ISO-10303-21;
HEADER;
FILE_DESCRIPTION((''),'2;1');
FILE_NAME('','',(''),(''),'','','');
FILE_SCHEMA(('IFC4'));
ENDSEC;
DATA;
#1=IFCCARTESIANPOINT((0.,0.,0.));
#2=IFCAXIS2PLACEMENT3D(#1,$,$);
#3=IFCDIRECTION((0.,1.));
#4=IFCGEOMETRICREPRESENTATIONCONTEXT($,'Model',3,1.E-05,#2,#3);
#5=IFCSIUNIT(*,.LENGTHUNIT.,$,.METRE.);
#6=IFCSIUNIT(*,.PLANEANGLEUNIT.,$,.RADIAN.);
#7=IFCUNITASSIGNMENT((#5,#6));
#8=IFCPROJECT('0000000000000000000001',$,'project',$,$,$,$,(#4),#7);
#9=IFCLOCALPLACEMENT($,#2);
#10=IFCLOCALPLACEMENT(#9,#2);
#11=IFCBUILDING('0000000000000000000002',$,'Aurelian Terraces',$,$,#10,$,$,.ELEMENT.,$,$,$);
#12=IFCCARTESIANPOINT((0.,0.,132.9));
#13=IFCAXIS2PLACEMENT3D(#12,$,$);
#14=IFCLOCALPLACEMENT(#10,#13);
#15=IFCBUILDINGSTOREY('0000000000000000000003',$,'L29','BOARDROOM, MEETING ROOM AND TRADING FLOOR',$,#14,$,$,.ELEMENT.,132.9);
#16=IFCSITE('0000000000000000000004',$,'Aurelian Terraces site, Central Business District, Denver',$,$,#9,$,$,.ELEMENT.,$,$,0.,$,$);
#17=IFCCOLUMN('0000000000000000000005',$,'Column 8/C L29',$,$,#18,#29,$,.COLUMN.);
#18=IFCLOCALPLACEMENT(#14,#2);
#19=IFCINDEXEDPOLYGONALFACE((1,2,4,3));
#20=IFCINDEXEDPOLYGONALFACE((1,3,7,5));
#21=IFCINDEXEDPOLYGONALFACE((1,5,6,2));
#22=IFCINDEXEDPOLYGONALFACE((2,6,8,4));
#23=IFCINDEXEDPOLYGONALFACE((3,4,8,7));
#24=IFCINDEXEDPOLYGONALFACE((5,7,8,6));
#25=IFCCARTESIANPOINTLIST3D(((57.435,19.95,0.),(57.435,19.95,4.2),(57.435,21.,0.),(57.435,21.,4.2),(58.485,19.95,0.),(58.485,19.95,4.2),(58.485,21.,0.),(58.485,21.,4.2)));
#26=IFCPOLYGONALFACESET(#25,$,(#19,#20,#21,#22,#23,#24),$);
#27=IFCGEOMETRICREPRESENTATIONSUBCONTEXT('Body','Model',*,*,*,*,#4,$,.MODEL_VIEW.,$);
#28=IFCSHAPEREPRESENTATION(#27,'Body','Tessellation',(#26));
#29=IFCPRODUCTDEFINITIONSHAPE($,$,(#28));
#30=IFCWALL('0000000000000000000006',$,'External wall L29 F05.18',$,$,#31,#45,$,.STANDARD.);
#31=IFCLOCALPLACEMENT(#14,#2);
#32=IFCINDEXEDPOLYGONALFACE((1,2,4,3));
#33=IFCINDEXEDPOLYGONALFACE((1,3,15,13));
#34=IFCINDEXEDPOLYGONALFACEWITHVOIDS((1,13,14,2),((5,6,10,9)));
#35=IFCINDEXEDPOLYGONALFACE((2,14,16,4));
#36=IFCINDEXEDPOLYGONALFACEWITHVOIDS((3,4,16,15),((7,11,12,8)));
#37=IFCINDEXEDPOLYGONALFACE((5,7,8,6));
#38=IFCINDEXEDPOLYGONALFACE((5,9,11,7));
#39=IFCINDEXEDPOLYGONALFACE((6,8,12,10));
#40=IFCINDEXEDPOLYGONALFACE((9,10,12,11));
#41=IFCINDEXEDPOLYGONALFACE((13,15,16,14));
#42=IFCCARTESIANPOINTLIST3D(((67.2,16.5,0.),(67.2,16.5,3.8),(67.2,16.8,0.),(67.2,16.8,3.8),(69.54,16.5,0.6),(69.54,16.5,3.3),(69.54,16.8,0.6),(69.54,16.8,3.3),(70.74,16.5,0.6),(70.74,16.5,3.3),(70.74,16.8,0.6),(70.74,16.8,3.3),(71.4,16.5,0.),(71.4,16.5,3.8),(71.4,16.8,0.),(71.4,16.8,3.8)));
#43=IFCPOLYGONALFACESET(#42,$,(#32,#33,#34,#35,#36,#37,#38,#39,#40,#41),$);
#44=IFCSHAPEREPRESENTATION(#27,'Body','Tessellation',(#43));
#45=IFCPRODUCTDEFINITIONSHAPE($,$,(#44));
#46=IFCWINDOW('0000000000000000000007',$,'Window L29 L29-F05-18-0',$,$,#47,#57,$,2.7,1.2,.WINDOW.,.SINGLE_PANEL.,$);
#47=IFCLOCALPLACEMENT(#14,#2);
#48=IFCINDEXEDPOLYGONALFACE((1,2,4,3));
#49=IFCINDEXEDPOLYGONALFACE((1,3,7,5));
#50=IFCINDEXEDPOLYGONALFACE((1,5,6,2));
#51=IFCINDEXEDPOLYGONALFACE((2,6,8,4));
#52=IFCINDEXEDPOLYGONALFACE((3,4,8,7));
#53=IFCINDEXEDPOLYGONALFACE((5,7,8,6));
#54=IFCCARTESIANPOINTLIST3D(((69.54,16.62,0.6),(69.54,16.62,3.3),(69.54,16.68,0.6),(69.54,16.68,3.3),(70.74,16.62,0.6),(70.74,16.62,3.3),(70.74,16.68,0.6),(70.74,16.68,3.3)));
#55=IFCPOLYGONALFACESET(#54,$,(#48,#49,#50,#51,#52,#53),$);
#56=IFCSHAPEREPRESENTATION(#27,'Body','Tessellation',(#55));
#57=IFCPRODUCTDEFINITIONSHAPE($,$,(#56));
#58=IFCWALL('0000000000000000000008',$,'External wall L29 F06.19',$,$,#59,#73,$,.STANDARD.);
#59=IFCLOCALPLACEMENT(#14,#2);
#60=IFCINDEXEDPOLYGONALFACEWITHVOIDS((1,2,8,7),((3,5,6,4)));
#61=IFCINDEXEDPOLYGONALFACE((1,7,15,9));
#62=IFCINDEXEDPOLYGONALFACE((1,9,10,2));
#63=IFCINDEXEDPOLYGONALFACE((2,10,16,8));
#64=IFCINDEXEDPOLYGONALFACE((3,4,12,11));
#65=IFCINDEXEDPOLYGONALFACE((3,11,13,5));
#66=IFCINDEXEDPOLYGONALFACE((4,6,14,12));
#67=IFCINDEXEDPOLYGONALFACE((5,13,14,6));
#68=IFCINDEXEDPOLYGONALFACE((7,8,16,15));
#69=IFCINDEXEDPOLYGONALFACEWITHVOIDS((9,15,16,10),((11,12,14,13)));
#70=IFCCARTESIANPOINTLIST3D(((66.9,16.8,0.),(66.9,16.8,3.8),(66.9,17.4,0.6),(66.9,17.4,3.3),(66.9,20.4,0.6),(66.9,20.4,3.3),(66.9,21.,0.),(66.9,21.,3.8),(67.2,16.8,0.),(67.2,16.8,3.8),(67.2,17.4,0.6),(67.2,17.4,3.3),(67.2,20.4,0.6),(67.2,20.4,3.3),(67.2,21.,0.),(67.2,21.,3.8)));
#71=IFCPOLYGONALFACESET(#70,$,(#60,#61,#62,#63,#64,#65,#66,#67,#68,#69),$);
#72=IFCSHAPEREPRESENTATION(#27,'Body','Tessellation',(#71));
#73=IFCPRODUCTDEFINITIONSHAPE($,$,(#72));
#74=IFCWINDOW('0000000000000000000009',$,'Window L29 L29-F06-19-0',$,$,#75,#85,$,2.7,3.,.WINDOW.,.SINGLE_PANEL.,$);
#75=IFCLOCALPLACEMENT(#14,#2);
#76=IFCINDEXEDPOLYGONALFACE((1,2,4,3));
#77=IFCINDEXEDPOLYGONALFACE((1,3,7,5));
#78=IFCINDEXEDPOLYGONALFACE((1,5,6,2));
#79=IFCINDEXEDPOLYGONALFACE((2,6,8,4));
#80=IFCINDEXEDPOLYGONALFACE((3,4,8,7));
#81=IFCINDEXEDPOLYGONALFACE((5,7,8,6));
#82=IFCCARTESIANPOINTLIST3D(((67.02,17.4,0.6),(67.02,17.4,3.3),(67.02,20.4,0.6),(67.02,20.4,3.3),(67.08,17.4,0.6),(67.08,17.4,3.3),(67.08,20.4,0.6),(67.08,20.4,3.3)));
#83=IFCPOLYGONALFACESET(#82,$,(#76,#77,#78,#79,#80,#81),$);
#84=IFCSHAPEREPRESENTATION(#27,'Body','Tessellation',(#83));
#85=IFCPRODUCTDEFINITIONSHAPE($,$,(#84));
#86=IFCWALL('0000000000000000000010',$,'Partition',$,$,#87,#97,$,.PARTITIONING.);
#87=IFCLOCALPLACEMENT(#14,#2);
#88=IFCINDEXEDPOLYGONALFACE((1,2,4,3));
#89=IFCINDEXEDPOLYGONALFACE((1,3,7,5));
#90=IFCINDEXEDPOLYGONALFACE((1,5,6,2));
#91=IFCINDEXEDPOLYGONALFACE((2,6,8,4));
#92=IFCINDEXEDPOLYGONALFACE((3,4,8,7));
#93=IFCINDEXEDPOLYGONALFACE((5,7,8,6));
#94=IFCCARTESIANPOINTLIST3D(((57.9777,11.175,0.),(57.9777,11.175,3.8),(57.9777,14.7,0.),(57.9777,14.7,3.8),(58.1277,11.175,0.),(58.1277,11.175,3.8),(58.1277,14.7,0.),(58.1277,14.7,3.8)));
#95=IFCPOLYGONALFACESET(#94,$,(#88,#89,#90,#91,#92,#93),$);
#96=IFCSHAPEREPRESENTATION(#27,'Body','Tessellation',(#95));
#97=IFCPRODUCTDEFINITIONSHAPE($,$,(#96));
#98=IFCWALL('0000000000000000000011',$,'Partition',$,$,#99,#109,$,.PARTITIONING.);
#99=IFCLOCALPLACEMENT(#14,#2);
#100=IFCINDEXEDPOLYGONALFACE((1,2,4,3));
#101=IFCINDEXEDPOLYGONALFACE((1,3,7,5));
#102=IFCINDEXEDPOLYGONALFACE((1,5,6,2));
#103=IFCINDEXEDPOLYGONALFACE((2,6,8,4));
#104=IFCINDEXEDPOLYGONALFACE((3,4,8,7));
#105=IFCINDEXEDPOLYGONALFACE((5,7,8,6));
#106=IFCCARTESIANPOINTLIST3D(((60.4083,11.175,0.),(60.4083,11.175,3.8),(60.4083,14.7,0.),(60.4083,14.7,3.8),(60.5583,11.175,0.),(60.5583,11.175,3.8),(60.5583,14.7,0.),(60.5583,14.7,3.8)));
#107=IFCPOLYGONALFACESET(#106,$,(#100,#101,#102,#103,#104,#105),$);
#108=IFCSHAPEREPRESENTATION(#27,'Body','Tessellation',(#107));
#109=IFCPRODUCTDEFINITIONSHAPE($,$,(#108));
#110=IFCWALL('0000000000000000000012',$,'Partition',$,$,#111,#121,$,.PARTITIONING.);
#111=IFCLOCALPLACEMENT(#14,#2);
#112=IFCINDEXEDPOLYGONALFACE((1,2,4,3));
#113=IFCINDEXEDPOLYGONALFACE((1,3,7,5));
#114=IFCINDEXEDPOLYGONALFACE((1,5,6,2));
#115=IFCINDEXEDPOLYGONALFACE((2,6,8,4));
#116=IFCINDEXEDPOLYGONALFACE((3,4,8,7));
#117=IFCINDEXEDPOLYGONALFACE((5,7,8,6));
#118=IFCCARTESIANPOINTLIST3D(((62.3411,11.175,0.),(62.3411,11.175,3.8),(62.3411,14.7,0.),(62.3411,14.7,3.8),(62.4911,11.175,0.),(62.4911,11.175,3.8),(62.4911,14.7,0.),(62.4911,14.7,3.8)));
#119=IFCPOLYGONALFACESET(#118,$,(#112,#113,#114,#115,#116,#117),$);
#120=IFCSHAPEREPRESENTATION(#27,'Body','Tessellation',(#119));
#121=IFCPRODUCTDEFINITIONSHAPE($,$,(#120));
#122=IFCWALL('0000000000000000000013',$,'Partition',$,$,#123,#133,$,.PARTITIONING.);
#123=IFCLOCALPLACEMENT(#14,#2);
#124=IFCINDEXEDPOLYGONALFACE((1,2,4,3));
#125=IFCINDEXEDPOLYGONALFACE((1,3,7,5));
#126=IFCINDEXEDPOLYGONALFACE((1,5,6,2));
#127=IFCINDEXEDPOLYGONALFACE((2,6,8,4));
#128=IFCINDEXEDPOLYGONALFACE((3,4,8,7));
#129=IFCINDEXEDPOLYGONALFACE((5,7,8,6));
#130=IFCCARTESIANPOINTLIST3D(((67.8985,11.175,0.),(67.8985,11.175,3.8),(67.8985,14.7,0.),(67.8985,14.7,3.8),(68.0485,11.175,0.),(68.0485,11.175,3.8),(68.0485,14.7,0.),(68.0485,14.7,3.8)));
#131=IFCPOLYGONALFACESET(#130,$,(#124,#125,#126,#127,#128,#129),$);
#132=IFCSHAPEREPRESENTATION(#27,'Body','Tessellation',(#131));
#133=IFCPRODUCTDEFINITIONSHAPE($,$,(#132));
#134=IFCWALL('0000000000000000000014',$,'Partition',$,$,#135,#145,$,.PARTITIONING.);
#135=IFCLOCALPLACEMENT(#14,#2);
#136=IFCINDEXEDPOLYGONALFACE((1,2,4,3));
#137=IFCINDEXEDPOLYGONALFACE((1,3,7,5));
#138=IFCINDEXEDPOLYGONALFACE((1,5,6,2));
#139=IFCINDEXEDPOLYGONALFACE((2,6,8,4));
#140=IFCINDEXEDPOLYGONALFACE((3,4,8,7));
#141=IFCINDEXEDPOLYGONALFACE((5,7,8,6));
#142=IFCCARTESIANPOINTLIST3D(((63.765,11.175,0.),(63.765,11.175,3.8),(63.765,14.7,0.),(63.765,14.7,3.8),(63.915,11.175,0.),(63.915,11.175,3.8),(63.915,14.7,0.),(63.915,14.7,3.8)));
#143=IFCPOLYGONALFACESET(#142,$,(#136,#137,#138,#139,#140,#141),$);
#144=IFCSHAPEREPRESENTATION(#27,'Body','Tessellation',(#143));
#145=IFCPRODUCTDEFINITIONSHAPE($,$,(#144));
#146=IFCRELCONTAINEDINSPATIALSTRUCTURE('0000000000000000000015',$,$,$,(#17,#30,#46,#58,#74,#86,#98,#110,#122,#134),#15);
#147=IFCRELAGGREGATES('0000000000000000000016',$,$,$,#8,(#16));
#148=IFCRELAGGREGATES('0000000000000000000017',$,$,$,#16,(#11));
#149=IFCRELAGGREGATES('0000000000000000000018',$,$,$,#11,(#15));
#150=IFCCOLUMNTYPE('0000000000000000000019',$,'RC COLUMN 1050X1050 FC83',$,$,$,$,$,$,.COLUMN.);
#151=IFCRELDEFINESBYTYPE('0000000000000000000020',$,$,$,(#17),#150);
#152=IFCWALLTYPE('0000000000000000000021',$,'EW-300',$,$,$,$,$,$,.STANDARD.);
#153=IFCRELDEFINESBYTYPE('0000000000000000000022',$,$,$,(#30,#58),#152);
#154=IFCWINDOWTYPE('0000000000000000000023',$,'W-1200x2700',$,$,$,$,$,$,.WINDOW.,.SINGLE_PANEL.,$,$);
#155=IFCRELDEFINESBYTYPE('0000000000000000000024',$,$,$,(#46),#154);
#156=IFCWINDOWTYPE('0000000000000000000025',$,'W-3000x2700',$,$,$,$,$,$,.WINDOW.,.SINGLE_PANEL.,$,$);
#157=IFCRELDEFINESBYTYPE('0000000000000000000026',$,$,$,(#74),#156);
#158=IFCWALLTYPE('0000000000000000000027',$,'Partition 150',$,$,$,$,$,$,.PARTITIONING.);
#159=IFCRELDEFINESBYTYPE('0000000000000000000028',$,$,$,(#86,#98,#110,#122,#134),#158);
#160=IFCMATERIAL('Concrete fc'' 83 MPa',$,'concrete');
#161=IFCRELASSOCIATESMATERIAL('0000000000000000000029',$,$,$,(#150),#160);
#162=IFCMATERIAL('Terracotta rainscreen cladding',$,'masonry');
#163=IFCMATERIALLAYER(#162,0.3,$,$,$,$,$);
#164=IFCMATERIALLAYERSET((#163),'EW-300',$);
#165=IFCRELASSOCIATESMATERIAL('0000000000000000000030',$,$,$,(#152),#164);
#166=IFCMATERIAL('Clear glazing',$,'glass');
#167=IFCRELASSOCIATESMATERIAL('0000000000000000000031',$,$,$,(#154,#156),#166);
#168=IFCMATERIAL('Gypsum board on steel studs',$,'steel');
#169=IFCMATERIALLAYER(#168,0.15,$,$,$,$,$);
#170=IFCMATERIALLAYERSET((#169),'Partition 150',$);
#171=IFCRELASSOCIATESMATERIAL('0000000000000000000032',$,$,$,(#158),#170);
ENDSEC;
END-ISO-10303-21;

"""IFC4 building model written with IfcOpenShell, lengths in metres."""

from ifc_helpers import new_model, si_unit, direction, frame, frame_2d, origin, origin_2d, place, context, subcontext, project, spatial, rectangle, extrude, source, transform, mapped, material, layer, layer_set, material_profile, profile_set, type_object, element, fill, save


model = new_model("IFC4")

# Units and contexts
model_context = context("Model", 3, precision=1e-05, world=origin(), true_north=direction((0.0, 1.0)))
body_context = subcontext(model_context, "Body", "Model", "MODEL_VIEW")
ifc_project = project(units=[si_unit("LENGTHUNIT", "METRE"), si_unit("PLANEANGLEUNIT", "RADIAN")], contexts=[model_context])

# Site, building, storey
site_placement = place(None, origin())
site = spatial("IfcSite", under=ifc_project, at=site_placement, Name="Aurelian Terraces site, Central Business District, Denver", CompositionType="ELEMENT", RefElevation=0.0)
building_placement = place(site_placement, origin())
building = spatial("IfcBuilding", under=site, at=building_placement, Name="Aurelian Terraces", CompositionType="ELEMENT")
storey_placement = place(building_placement, frame((0.0, 0.0, 132.9)))
storey = spatial("IfcBuildingStorey", under=building, at=storey_placement, Name="L29", Description="BOARDROOM, MEETING ROOM AND TRADING FLOOR", CompositionType="ELEMENT", Elevation=132.9)

# Column
ifc_material_1 = material(Name="Concrete fc' 83 MPa", Category="concrete")
ifc_material_profile = material_profile(ifc_material_1, rectangle(XDim=1.05, YDim=1.05, at=origin_2d()))
ifc_profile_set = profile_set([ifc_material_profile], Name="Concrete fc' 83 MPa")
column_type = type_object("IfcColumnType", Name="RC COLUMN 1050X1050 FC83", PredefinedType="COLUMN", material=ifc_profile_set)
shared_shape_1 = source(origin(), body_context, "Body", "SweptSolid", [
    extrude(rectangle(XDim=1.05, YDim=1.05, at=origin_2d()), origin(), (0.0, 0.0, 1.0), 4.2),
])
column_placement = place(storey_placement, frame((57.96, 20.475, 0.0), z_axis=(0.0, 0.0, 1.0), x_axis=(1.0, 0.0, 0.0)))
element("IfcColumn", 1, at=column_placement, inside=storey, type_object=column_type, Name="Column 8/C L29", PredefinedType="COLUMN", context=body_context, shape_type="MappedRepresentation", body=[
    mapped(shared_shape_1, transform((0.0, 0.0, 0.0), scale=1.0)),
])

# Walls, openings, windows
ifc_material_2 = material(Name="Terracotta rainscreen cladding", Category="masonry")
ifc_layer_1 = layer(ifc_material_2, 0.3)
ifc_layer_set_1 = layer_set([ifc_layer_1], Name="EW-300")
wall_type_1 = type_object("IfcWallType", Name="EW-300", PredefinedType="STANDARD", material=ifc_layer_set_1)
shared_shape_2 = source(origin(), body_context, "Body", "SweptSolid", [
    extrude(rectangle(XDim=4.2, YDim=0.3, at=frame_2d((2.1, 0.0))), origin(), (0.0, 0.0, 1.0), 3.8),
])
wall_1_placement = place(storey_placement, frame((71.4, 16.65, 0.0), z_axis=(0.0, 0.0, 1.0), x_axis=(-1.0, 0.0, 0.0)))
wall_1 = element("IfcWall", 2, at=wall_1_placement, inside=storey, type_object=wall_type_1, Name="External wall L29 F05.18", PredefinedType="STANDARD", context=body_context, shape_type="MappedRepresentation", body=[
    mapped(shared_shape_2, transform((0.0, 0.0, 0.0), scale=1.0)),
])
shared_shape_3 = source(origin(), body_context, "Body", "SweptSolid", [
    extrude(rectangle(XDim=1.2, YDim=2.7, at=frame_2d((0.6, 1.35))), frame((0.0, 0.16, 0.0), z_axis=(0.0, -1.0, 0.0), x_axis=(1.0, 0.0, 0.0)), (0.0, 0.0, 1.0), 0.32),
])
opening_1_placement = place(wall_1_placement, frame((0.66, 0.0, 0.6)))
opening_1 = element("IfcOpeningElement", 3, at=opening_1_placement, cuts=wall_1, PredefinedType="OPENING", context=body_context, shape_type="MappedRepresentation", body=[
    mapped(shared_shape_3, transform((0.0, 0.0, 0.0), scale=1.0)),
])
ifc_material_3 = material(Name="Clear glazing", Category="glass")
window_type_1 = type_object("IfcWindowType", Name="W-1200x2700", PartitioningType="SINGLE_PANEL", PredefinedType="WINDOW", material=ifc_material_3)
shared_shape_4 = source(origin(), body_context, "Body", "SweptSolid", [
    extrude(rectangle(XDim=1.2, YDim=2.7, at=frame_2d((0.6, 1.35))), frame((0.0, 0.03, 0.0), z_axis=(0.0, -1.0, 0.0), x_axis=(1.0, 0.0, 0.0)), (0.0, 0.0, 1.0), 0.06),
])
window_1_placement = place(opening_1_placement, origin())
window_1 = element("IfcWindow", 4, at=window_1_placement, inside=storey, type_object=window_type_1, Name="Window L29 L29-F05-18-0", OverallHeight=2.7, OverallWidth=1.2, PartitioningType="SINGLE_PANEL", PredefinedType="WINDOW", context=body_context, shape_type="MappedRepresentation", body=[
    mapped(shared_shape_4, transform((0.0, 0.0, 0.0), scale=1.0)),
])
fill(opening_1, window_1)
wall_2_placement = place(storey_placement, frame((67.05, 16.8, 0.0), z_axis=(0.0, 0.0, 1.0), x_axis=(0.0, 1.0, 0.0)))
wall_2 = element("IfcWall", 5, at=wall_2_placement, inside=storey, type_object=wall_type_1, Name="External wall L29 F06.19", PredefinedType="STANDARD", context=body_context, shape_type="MappedRepresentation", body=[
    mapped(shared_shape_2, transform((0.0, 0.0, 0.0), scale=1.0)),
])
shared_shape_5 = source(origin(), body_context, "Body", "SweptSolid", [
    extrude(rectangle(XDim=3.0, YDim=2.7, at=frame_2d((1.5, 1.35))), frame((0.0, 0.16, 0.0), z_axis=(0.0, -1.0, 0.0), x_axis=(1.0, 0.0, 0.0)), (0.0, 0.0, 1.0), 0.32),
])
opening_2_placement = place(wall_2_placement, frame((0.6, 0.0, 0.6)))
opening_2 = element("IfcOpeningElement", 6, at=opening_2_placement, cuts=wall_2, PredefinedType="OPENING", context=body_context, shape_type="MappedRepresentation", body=[
    mapped(shared_shape_5, transform((0.0, 0.0, 0.0), scale=1.0)),
])
window_type_2 = type_object("IfcWindowType", Name="W-3000x2700", PartitioningType="SINGLE_PANEL", PredefinedType="WINDOW", material=ifc_material_3)
shared_shape_6 = source(origin(), body_context, "Body", "SweptSolid", [
    extrude(rectangle(XDim=3.0, YDim=2.7, at=frame_2d((1.5, 1.35))), frame((0.0, 0.03, 0.0), z_axis=(0.0, -1.0, 0.0), x_axis=(1.0, 0.0, 0.0)), (0.0, 0.0, 1.0), 0.06),
])
window_2_placement = place(opening_2_placement, origin())
window_2 = element("IfcWindow", 7, at=window_2_placement, inside=storey, type_object=window_type_2, Name="Window L29 L29-F06-19-0", OverallHeight=2.7, OverallWidth=3.0, PartitioningType="SINGLE_PANEL", PredefinedType="WINDOW", context=body_context, shape_type="MappedRepresentation", body=[
    mapped(shared_shape_6, transform((0.0, 0.0, 0.0), scale=1.0)),
])
fill(opening_2, window_2)

# Shared definitions
ifc_material_4 = material(Name="Gypsum board on steel studs", Category="steel")

# Walls
ifc_layer_2 = layer(ifc_material_4, 0.15)
ifc_layer_set_2 = layer_set([ifc_layer_2], Name="Partition 150")
wall_type_2 = type_object("IfcWallType", Name="Partition 150", PredefinedType="PARTITIONING", material=ifc_layer_set_2)
shared_shape_7 = source(origin(), body_context, "Body", "SweptSolid", [
    extrude(rectangle(XDim=3.525, YDim=0.15, at=frame_2d((1.7625, 0.0))), origin(), (0.0, 0.0, 1.0), 3.8),
])
for number, where, z_axis, x_axis, name in (
    (8, (58.0527, 11.175, 0.0), (0.0, 0.0, 1.0), (0.0, 1.0, 0.0), "Partition"),
    (9, (60.4833, 11.175, 0.0), (0.0, 0.0, 1.0), (0.0, 1.0, 0.0), "Partition"),
    (10, (62.4161, 11.175, 0.0), (0.0, 0.0, 1.0), (0.0, 1.0, 0.0), "Partition"),
    (11, (67.9735, 11.175, 0.0), (0.0, 0.0, 1.0), (0.0, 1.0, 0.0), "Partition"),
    (12, (63.84, 11.175, 0.0), (0.0, 0.0, 1.0), (0.0, 1.0, 0.0), "Partition"),
):
    element("IfcWall", number, at=place(storey_placement, frame(where, z_axis=z_axis, x_axis=x_axis)), inside=storey, type_object=wall_type_2, Name=name, PredefinedType="PARTITIONING", context=body_context, shape_type="MappedRepresentation", body=[
        mapped(shared_shape_7, transform((0.0, 0.0, 0.0), scale=1.0)),
    ])

save(model, "model.ifc")
